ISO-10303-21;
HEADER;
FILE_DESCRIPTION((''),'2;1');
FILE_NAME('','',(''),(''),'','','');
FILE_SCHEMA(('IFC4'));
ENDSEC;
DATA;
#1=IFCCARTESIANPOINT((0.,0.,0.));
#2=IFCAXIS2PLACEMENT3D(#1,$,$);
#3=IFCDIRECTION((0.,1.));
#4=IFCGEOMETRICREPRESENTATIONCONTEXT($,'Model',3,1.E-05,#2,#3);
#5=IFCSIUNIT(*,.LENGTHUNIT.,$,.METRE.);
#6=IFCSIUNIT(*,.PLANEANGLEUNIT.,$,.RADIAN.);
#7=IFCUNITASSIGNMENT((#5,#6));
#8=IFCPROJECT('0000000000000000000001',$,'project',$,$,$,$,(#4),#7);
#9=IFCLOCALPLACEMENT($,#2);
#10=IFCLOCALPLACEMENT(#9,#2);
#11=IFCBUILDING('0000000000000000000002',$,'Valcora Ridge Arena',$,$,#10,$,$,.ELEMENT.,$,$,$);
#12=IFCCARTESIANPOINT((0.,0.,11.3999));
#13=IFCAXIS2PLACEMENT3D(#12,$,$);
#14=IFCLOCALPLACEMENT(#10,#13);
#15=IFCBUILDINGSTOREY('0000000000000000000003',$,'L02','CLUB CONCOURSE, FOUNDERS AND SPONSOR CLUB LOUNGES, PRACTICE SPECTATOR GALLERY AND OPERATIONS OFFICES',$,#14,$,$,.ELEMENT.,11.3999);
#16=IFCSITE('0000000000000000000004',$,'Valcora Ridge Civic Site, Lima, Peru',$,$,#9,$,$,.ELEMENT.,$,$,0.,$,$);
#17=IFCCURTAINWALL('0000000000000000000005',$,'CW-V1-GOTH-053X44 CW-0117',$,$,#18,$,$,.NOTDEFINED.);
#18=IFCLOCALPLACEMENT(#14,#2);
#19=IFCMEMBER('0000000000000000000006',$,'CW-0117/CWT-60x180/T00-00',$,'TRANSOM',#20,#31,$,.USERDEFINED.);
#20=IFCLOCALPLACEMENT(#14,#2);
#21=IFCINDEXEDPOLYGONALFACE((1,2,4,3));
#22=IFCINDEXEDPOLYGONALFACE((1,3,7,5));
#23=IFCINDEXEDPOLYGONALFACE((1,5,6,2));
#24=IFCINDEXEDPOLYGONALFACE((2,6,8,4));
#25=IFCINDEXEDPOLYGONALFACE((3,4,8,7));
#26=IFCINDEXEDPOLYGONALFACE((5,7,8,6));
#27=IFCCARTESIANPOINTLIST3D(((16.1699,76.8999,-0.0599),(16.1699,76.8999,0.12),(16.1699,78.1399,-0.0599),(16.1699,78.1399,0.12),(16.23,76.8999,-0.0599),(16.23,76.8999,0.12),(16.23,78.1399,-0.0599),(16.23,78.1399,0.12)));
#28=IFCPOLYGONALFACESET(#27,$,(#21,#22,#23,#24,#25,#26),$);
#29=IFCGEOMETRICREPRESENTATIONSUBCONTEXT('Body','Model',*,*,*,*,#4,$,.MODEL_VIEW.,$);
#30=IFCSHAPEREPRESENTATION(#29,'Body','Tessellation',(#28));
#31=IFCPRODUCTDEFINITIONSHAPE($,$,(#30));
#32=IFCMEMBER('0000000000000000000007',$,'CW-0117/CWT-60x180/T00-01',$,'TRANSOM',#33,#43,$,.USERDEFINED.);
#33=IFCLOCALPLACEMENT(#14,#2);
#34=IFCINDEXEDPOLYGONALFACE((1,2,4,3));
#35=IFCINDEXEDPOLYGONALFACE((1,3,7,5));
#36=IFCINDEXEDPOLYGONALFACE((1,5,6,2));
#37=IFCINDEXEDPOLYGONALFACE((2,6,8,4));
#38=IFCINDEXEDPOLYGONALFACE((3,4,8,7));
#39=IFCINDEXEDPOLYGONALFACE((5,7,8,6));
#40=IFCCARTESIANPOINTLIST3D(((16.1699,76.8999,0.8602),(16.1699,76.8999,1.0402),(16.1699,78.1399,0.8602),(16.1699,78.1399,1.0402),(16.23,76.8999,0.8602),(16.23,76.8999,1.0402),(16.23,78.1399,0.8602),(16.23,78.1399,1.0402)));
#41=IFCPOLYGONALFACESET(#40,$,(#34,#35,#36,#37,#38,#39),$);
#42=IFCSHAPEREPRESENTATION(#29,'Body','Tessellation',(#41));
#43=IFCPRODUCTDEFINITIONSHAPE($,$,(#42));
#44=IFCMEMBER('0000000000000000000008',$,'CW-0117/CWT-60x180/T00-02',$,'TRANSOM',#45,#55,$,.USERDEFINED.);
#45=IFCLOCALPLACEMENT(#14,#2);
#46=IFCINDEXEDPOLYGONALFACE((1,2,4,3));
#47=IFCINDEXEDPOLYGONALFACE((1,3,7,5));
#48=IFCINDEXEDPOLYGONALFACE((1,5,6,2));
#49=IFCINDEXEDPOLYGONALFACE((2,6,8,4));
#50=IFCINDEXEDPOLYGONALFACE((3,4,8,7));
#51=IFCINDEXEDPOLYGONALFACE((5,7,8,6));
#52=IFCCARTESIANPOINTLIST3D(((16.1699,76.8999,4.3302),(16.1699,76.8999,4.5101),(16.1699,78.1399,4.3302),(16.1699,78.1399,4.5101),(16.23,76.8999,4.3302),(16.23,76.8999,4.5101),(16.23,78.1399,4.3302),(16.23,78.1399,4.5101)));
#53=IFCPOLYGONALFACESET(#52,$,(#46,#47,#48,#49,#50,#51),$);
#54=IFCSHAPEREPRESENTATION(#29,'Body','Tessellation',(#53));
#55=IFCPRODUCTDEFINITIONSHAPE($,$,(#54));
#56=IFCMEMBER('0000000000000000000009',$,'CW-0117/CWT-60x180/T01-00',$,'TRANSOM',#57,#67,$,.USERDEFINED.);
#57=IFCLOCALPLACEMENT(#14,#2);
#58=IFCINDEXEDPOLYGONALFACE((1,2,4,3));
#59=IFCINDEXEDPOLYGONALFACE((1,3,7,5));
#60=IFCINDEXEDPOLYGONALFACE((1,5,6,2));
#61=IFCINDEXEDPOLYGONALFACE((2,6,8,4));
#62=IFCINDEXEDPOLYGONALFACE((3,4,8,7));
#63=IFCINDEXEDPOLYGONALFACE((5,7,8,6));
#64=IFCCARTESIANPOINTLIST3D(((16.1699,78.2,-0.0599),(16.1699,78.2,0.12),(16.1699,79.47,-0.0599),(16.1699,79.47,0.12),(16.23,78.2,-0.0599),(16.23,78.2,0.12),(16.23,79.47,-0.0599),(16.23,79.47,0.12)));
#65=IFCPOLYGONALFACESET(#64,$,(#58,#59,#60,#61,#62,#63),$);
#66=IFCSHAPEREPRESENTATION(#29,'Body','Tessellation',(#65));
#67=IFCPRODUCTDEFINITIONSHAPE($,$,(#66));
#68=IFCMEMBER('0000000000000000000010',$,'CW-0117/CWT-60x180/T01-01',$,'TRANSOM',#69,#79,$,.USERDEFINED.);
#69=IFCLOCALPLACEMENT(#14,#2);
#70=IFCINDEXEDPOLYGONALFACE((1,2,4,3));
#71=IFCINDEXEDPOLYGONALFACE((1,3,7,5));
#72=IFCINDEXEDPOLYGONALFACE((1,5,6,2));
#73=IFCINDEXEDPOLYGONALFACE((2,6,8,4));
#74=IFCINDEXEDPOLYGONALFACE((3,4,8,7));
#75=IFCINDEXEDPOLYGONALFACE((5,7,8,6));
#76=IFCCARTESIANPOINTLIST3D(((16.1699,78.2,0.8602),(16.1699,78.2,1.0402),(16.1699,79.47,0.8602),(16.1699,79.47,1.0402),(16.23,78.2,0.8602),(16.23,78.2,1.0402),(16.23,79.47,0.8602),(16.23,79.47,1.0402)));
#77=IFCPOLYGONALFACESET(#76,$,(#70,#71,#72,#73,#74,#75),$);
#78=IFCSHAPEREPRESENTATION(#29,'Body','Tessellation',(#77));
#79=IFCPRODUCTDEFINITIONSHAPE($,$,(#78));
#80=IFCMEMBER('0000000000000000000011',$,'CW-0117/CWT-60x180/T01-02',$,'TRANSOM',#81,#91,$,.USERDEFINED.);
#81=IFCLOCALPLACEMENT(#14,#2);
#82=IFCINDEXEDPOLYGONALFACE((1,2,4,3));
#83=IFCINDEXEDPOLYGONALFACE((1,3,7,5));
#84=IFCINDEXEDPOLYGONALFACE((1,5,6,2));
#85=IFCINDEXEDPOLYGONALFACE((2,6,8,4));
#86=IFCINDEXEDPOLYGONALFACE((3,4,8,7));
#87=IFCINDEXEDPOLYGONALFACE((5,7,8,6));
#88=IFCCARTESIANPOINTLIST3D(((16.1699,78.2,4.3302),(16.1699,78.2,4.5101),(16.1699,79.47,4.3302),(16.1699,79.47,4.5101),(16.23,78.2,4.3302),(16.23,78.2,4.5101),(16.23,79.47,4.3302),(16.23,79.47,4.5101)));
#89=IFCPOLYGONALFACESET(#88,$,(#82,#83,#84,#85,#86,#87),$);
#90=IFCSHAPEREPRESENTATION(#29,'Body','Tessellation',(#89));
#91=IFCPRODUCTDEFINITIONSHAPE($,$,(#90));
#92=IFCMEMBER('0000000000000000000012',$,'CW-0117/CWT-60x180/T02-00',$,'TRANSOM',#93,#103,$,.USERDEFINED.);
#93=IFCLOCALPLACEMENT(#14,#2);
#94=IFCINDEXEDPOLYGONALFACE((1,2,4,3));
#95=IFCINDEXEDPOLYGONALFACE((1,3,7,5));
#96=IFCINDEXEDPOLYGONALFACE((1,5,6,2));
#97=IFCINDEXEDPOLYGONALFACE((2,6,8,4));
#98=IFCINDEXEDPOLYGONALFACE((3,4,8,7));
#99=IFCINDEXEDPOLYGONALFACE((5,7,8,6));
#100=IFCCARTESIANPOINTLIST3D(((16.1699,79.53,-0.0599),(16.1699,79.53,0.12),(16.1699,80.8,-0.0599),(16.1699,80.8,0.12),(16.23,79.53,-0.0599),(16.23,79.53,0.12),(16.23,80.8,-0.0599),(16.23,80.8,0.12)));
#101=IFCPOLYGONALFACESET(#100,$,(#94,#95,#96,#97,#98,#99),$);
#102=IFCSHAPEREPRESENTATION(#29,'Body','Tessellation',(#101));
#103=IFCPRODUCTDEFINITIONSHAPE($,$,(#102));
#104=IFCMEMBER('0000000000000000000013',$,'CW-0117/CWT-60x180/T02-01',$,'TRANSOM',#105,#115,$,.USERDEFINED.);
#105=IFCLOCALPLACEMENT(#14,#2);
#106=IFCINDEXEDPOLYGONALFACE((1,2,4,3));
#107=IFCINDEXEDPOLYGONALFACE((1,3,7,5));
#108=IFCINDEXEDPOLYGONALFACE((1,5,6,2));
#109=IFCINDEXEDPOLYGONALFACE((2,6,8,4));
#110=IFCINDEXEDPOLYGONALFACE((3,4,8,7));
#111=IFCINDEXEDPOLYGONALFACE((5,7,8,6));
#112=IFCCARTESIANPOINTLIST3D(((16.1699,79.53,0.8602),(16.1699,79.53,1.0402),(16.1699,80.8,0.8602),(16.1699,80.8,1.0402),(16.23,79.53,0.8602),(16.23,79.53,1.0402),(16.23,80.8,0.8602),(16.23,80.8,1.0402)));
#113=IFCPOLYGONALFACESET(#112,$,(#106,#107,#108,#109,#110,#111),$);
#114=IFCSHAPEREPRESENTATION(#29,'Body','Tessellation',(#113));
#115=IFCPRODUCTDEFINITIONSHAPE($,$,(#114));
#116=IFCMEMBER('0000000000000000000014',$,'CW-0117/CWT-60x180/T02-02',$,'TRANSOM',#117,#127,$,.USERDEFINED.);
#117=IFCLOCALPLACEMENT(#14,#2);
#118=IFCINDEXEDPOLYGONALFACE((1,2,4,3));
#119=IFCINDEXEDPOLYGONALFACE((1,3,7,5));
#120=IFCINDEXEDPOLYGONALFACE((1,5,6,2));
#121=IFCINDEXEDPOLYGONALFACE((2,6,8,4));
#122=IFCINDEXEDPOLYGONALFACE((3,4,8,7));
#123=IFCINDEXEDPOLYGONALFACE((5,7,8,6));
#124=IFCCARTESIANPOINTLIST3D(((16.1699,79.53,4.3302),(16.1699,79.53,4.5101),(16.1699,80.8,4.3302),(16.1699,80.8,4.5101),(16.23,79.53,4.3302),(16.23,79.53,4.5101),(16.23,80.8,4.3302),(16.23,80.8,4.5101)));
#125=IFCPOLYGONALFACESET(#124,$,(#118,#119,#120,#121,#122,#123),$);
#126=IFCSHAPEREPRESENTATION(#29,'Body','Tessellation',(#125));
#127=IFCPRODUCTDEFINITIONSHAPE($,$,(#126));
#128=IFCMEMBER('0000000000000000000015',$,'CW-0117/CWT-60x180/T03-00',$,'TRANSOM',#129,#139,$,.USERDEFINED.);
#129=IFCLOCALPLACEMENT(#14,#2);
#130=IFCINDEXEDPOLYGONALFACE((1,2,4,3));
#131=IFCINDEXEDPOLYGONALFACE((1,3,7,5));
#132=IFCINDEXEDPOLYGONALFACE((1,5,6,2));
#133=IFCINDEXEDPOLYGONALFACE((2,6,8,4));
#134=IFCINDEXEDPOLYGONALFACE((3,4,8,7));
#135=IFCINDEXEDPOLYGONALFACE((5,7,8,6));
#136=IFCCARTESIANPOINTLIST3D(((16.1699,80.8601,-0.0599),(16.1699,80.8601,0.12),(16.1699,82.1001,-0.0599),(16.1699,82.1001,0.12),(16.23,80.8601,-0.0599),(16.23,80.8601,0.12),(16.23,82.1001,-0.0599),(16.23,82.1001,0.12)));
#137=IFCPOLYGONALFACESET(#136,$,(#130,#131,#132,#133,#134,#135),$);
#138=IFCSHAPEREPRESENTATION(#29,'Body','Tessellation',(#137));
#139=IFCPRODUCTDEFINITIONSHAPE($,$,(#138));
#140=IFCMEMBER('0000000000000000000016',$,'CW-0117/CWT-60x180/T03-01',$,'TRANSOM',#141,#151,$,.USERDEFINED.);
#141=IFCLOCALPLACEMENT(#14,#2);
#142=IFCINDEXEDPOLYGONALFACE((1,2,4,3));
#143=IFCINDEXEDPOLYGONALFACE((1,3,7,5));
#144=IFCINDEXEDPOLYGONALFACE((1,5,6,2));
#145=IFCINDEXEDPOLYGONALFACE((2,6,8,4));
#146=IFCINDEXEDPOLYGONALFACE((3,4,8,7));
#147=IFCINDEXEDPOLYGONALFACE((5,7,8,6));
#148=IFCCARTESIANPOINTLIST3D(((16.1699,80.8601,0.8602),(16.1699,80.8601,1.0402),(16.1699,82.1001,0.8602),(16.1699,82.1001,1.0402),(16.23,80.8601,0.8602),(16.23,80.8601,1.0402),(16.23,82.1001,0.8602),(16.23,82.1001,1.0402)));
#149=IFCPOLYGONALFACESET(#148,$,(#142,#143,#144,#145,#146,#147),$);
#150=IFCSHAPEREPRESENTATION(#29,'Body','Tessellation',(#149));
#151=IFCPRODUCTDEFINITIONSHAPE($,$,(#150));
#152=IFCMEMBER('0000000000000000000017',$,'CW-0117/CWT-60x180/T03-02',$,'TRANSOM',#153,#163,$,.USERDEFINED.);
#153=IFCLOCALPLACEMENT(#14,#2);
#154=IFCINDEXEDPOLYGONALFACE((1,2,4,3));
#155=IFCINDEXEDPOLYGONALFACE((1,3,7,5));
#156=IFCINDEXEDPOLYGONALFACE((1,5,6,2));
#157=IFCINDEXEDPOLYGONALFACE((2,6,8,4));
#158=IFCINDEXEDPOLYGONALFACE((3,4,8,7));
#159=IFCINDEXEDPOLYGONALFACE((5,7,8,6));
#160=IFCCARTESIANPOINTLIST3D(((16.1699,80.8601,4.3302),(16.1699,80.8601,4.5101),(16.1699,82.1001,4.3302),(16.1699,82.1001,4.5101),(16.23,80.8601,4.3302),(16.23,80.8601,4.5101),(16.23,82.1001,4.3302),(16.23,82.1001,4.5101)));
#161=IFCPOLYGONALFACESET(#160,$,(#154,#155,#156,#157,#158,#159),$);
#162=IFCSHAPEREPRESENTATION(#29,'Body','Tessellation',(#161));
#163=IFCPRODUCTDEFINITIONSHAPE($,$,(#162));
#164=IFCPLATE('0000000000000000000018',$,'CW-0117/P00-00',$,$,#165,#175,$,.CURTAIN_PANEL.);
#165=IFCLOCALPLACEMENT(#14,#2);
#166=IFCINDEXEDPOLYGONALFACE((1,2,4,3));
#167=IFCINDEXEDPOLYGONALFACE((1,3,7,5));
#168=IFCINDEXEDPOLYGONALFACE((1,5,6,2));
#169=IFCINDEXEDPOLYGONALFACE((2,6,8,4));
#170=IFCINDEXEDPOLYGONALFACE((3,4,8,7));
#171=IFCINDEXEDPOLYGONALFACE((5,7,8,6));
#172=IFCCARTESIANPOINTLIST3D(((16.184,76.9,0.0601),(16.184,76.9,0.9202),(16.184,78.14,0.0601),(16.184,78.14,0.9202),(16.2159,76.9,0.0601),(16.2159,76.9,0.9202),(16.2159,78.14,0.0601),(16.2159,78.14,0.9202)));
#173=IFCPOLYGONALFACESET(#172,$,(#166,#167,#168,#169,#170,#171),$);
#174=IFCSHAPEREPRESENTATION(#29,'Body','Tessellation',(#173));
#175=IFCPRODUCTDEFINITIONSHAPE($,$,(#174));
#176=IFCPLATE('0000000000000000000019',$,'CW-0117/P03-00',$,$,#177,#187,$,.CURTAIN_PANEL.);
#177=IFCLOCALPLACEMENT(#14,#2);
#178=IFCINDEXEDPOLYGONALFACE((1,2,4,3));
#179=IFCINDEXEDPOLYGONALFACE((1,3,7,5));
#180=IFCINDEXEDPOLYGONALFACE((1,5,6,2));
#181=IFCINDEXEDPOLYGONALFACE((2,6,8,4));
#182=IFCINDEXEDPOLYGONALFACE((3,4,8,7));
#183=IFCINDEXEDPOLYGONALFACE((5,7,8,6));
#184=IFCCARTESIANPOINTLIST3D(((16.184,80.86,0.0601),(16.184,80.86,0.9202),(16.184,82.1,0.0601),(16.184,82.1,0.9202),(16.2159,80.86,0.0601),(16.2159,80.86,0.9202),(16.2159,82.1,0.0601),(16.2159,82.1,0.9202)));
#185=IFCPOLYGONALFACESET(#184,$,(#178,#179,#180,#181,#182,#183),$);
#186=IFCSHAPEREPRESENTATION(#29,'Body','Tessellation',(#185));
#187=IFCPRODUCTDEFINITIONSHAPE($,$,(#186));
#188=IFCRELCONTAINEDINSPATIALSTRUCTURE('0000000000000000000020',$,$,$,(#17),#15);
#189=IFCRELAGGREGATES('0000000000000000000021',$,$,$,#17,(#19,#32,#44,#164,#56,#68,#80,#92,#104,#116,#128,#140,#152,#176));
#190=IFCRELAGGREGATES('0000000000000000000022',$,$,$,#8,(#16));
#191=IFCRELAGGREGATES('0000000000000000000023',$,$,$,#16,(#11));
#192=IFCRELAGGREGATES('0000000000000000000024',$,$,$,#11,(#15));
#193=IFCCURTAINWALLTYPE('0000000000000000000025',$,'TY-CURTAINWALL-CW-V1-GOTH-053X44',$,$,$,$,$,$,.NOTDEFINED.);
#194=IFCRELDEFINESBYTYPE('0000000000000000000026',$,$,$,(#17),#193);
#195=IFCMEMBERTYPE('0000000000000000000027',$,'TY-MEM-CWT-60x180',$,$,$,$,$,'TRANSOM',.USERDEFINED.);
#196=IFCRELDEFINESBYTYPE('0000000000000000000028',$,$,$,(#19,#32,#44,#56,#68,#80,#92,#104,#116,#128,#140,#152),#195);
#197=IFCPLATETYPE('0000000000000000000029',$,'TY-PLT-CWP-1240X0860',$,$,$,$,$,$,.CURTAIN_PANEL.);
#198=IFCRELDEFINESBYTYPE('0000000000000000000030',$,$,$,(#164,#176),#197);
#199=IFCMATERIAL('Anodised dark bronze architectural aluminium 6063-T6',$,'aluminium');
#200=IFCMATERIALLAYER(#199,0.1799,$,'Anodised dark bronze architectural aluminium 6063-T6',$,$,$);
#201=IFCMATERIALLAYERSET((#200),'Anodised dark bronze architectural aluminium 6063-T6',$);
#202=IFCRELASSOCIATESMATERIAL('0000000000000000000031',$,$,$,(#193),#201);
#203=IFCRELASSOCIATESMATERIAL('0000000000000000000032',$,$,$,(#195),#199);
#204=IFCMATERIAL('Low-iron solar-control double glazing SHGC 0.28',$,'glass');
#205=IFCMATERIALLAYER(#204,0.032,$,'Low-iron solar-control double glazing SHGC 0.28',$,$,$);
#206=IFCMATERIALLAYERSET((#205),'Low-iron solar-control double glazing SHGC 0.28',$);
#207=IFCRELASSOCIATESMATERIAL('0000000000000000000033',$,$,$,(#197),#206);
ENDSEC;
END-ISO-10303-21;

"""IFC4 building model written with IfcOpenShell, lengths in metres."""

from ifc_helpers import new_model, si_unit, direction, frame, origin, origin_2d, place, context, subcontext, project, spatial, rectangle, extrude, material, layer, layer_set, material_profile, profile_set, type_object, element, aggregate, save


model = new_model("IFC4")

# Units and contexts
model_context = context("Model", 3, precision=1e-05, world=origin(), true_north=direction((0.0, 1.0)))
body_context = subcontext(model_context, "Body", "Model", "MODEL_VIEW")
ifc_project = project(units=[si_unit("LENGTHUNIT", "METRE"), si_unit("PLANEANGLEUNIT", "RADIAN")], contexts=[model_context])

# Site, building, storey
site_placement = place(None, origin())
site = spatial("IfcSite", under=ifc_project, at=site_placement, Name="Valcora Ridge Civic Site, Lima, Peru", CompositionType="ELEMENT", RefElevation=0.0)
building_placement = place(site_placement, origin())
building = spatial("IfcBuilding", under=site, at=building_placement, Name="Valcora Ridge Arena", CompositionType="ELEMENT")
storey_placement = place(building_placement, frame((0.0, 0.0, 11.3999)))
storey = spatial("IfcBuildingStorey", under=building, at=storey_placement, Name="L02", Description="CLUB CONCOURSE, FOUNDERS AND SPONSOR CLUB LOUNGES, PRACTICE SPECTATOR GALLERY AND OPERATIONS OFFICES", CompositionType="ELEMENT", Elevation=11.3999)

# Curtain wall
ifc_material_1 = material(Name="Anodised dark bronze architectural aluminium 6063-T6", Category="aluminium")
ifc_layer_1 = layer(ifc_material_1, 0.1799, Name="Anodised dark bronze architectural aluminium 6063-T6")
ifc_layer_set_1 = layer_set([ifc_layer_1], Name="Anodised dark bronze architectural aluminium 6063-T6")
curtain_wall_type_1 = type_object("IfcCurtainWallType", Name="TY-CURTAINWALL-CW-V1-GOTH-053X44", PredefinedType="NOTDEFINED", material=ifc_layer_set_1)
curtain_wall_1_placement = place(storey_placement, origin())
curtain_wall_1 = element("IfcCurtainWall", 1, at=curtain_wall_1_placement, inside=storey, type_object=curtain_wall_type_1, Name="CW-V1-GOTH-053X44 CW-0117", PredefinedType="NOTDEFINED")

# Members
ifc_material_profile_1 = material_profile(ifc_material_1, rectangle(XDim=0.0601, YDim=0.1799, at=origin_2d()), Name="ALU TRANSOM 60x180")
ifc_profile_set_1 = profile_set([ifc_material_profile_1], Name="Anodised dark bronze architectural aluminium 6063-T6")
member_type_1 = type_object("IfcMemberType", Name="TY-MEM-CWT-60x180", ElementType="TRANSOM", PredefinedType="USERDEFINED", material=ifc_profile_set_1)
member_1_placement = place(storey_placement, frame((16.2, 76.8999, 0.03), z_axis=(0.0, 1.0, 0.0), x_axis=(-1.0, 0.0, 0.0)))
member_1 = element("IfcMember", 2, at=member_1_placement, type_object=member_type_1, Name="CW-0117/CWT-60x180/T00-00", ObjectType="TRANSOM", PredefinedType="USERDEFINED", context=body_context, shape_type="SweptSolid", body=[
    extrude(rectangle(XDim=0.0601, YDim=0.1799, at=origin_2d()), origin(), (0.0, 0.0, 1.0), 1.24),
])
member_2_placement = place(storey_placement, frame((16.2, 76.8999, 0.9502), z_axis=(0.0, 1.0, 0.0), x_axis=(-1.0, 0.0, 0.0)))
member_2 = element("IfcMember", 3, at=member_2_placement, type_object=member_type_1, Name="CW-0117/CWT-60x180/T00-01", ObjectType="TRANSOM", PredefinedType="USERDEFINED", context=body_context, shape_type="SweptSolid", body=[
    extrude(rectangle(XDim=0.0601, YDim=0.1799, at=origin_2d()), origin(), (0.0, 0.0, 1.0), 1.24),
])
member_3_placement = place(storey_placement, frame((16.2, 76.8999, 4.4202), z_axis=(0.0, 1.0, 0.0), x_axis=(-1.0, 0.0, 0.0)))
member_3 = element("IfcMember", 4, at=member_3_placement, type_object=member_type_1, Name="CW-0117/CWT-60x180/T00-02", ObjectType="TRANSOM", PredefinedType="USERDEFINED", context=body_context, shape_type="SweptSolid", body=[
    extrude(rectangle(XDim=0.0601, YDim=0.1799, at=origin_2d()), origin(), (0.0, 0.0, 1.0), 1.24),
])
member_4_placement = place(storey_placement, frame((16.2, 78.2, 0.03), z_axis=(0.0, 1.0, 0.0), x_axis=(-1.0, 0.0, 0.0)))
member_4 = element("IfcMember", 5, at=member_4_placement, type_object=member_type_1, Name="CW-0117/CWT-60x180/T01-00", ObjectType="TRANSOM", PredefinedType="USERDEFINED", context=body_context, shape_type="SweptSolid", body=[
    extrude(rectangle(XDim=0.0601, YDim=0.1799, at=origin_2d()), origin(), (0.0, 0.0, 1.0), 1.27),
])
member_5_placement = place(storey_placement, frame((16.2, 78.2, 0.9502), z_axis=(0.0, 1.0, 0.0), x_axis=(-1.0, 0.0, 0.0)))
member_5 = element("IfcMember", 6, at=member_5_placement, type_object=member_type_1, Name="CW-0117/CWT-60x180/T01-01", ObjectType="TRANSOM", PredefinedType="USERDEFINED", context=body_context, shape_type="SweptSolid", body=[
    extrude(rectangle(XDim=0.0601, YDim=0.1799, at=origin_2d()), origin(), (0.0, 0.0, 1.0), 1.27),
])
member_6_placement = place(storey_placement, frame((16.2, 78.2, 4.4202), z_axis=(0.0, 1.0, 0.0), x_axis=(-1.0, 0.0, 0.0)))
member_6 = element("IfcMember", 7, at=member_6_placement, type_object=member_type_1, Name="CW-0117/CWT-60x180/T01-02", ObjectType="TRANSOM", PredefinedType="USERDEFINED", context=body_context, shape_type="SweptSolid", body=[
    extrude(rectangle(XDim=0.0601, YDim=0.1799, at=origin_2d()), origin(), (0.0, 0.0, 1.0), 1.27),
])
member_7_placement = place(storey_placement, frame((16.2, 79.53, 0.03), z_axis=(0.0, 1.0, 0.0), x_axis=(-1.0, 0.0, 0.0)))
member_7 = element("IfcMember", 8, at=member_7_placement, type_object=member_type_1, Name="CW-0117/CWT-60x180/T02-00", ObjectType="TRANSOM", PredefinedType="USERDEFINED", context=body_context, shape_type="SweptSolid", body=[
    extrude(rectangle(XDim=0.0601, YDim=0.1799, at=origin_2d()), origin(), (0.0, 0.0, 1.0), 1.27),
])
member_8_placement = place(storey_placement, frame((16.2, 79.53, 0.9502), z_axis=(0.0, 1.0, 0.0), x_axis=(-1.0, 0.0, 0.0)))
member_8 = element("IfcMember", 9, at=member_8_placement, type_object=member_type_1, Name="CW-0117/CWT-60x180/T02-01", ObjectType="TRANSOM", PredefinedType="USERDEFINED", context=body_context, shape_type="SweptSolid", body=[
    extrude(rectangle(XDim=0.0601, YDim=0.1799, at=origin_2d()), origin(), (0.0, 0.0, 1.0), 1.27),
])
member_9_placement = place(storey_placement, frame((16.2, 79.53, 4.4202), z_axis=(0.0, 1.0, 0.0), x_axis=(-1.0, 0.0, 0.0)))
member_9 = element("IfcMember", 10, at=member_9_placement, type_object=member_type_1, Name="CW-0117/CWT-60x180/T02-02", ObjectType="TRANSOM", PredefinedType="USERDEFINED", context=body_context, shape_type="SweptSolid", body=[
    extrude(rectangle(XDim=0.0601, YDim=0.1799, at=origin_2d()), origin(), (0.0, 0.0, 1.0), 1.27),
])
member_10_placement = place(storey_placement, frame((16.2, 80.8601, 0.03), z_axis=(0.0, 1.0, 0.0), x_axis=(-1.0, 0.0, 0.0)))
member_10 = element("IfcMember", 11, at=member_10_placement, type_object=member_type_1, Name="CW-0117/CWT-60x180/T03-00", ObjectType="TRANSOM", PredefinedType="USERDEFINED", context=body_context, shape_type="SweptSolid", body=[
    extrude(rectangle(XDim=0.0601, YDim=0.1799, at=origin_2d()), origin(), (0.0, 0.0, 1.0), 1.24),
])
member_11_placement = place(storey_placement, frame((16.2, 80.8601, 0.9502), z_axis=(0.0, 1.0, 0.0), x_axis=(-1.0, 0.0, 0.0)))
member_11 = element("IfcMember", 12, at=member_11_placement, type_object=member_type_1, Name="CW-0117/CWT-60x180/T03-01", ObjectType="TRANSOM", PredefinedType="USERDEFINED", context=body_context, shape_type="SweptSolid", body=[
    extrude(rectangle(XDim=0.0601, YDim=0.1799, at=origin_2d()), origin(), (0.0, 0.0, 1.0), 1.24),
])
member_12_placement = place(storey_placement, frame((16.2, 80.8601, 4.4202), z_axis=(0.0, 1.0, 0.0), x_axis=(-1.0, 0.0, 0.0)))
member_12 = element("IfcMember", 13, at=member_12_placement, type_object=member_type_1, Name="CW-0117/CWT-60x180/T03-02", ObjectType="TRANSOM", PredefinedType="USERDEFINED", context=body_context, shape_type="SweptSolid", body=[
    extrude(rectangle(XDim=0.0601, YDim=0.1799, at=origin_2d()), origin(), (0.0, 0.0, 1.0), 1.24),
])

# Plates
ifc_material_2 = material(Name="Low-iron solar-control double glazing SHGC 0.28", Category="glass")
ifc_layer_2 = layer(ifc_material_2, 0.032, Name="Low-iron solar-control double glazing SHGC 0.28")
ifc_layer_set_2 = layer_set([ifc_layer_2], Name="Low-iron solar-control double glazing SHGC 0.28")
plate_type_1 = type_object("IfcPlateType", Name="TY-PLT-CWP-1240X0860", PredefinedType="CURTAIN_PANEL", material=ifc_layer_set_2)
plate_1_placement = place(storey_placement, frame((16.2, 77.52, 0.0601), z_axis=(0.0, 0.0, 1.0), x_axis=(0.0, 1.0, 0.0)))
plate_1 = element("IfcPlate", 14, at=plate_1_placement, type_object=plate_type_1, Name="CW-0117/P00-00", PredefinedType="CURTAIN_PANEL", context=body_context, shape_type="SweptSolid", body=[
    extrude(rectangle(XDim=1.24, YDim=0.032, at=origin_2d()), origin(), (0.0, 0.0, 1.0), 0.8601),
])
plate_2_placement = place(storey_placement, frame((16.2, 81.48, 0.0601), z_axis=(0.0, 0.0, 1.0), x_axis=(0.0, 1.0, 0.0)))
plate_2 = element("IfcPlate", 15, at=plate_2_placement, type_object=plate_type_1, Name="CW-0117/P03-00", PredefinedType="CURTAIN_PANEL", context=body_context, shape_type="SweptSolid", body=[
    extrude(rectangle(XDim=1.24, YDim=0.032, at=origin_2d()), origin(), (0.0, 0.0, 1.0), 0.8601),
])
aggregate(curtain_wall_1, [member_1, member_2, member_3, plate_1, member_4, member_5, member_6, member_7, member_8, member_9, member_10, member_11, member_12, plate_2])

save(model, "model.ifc")
